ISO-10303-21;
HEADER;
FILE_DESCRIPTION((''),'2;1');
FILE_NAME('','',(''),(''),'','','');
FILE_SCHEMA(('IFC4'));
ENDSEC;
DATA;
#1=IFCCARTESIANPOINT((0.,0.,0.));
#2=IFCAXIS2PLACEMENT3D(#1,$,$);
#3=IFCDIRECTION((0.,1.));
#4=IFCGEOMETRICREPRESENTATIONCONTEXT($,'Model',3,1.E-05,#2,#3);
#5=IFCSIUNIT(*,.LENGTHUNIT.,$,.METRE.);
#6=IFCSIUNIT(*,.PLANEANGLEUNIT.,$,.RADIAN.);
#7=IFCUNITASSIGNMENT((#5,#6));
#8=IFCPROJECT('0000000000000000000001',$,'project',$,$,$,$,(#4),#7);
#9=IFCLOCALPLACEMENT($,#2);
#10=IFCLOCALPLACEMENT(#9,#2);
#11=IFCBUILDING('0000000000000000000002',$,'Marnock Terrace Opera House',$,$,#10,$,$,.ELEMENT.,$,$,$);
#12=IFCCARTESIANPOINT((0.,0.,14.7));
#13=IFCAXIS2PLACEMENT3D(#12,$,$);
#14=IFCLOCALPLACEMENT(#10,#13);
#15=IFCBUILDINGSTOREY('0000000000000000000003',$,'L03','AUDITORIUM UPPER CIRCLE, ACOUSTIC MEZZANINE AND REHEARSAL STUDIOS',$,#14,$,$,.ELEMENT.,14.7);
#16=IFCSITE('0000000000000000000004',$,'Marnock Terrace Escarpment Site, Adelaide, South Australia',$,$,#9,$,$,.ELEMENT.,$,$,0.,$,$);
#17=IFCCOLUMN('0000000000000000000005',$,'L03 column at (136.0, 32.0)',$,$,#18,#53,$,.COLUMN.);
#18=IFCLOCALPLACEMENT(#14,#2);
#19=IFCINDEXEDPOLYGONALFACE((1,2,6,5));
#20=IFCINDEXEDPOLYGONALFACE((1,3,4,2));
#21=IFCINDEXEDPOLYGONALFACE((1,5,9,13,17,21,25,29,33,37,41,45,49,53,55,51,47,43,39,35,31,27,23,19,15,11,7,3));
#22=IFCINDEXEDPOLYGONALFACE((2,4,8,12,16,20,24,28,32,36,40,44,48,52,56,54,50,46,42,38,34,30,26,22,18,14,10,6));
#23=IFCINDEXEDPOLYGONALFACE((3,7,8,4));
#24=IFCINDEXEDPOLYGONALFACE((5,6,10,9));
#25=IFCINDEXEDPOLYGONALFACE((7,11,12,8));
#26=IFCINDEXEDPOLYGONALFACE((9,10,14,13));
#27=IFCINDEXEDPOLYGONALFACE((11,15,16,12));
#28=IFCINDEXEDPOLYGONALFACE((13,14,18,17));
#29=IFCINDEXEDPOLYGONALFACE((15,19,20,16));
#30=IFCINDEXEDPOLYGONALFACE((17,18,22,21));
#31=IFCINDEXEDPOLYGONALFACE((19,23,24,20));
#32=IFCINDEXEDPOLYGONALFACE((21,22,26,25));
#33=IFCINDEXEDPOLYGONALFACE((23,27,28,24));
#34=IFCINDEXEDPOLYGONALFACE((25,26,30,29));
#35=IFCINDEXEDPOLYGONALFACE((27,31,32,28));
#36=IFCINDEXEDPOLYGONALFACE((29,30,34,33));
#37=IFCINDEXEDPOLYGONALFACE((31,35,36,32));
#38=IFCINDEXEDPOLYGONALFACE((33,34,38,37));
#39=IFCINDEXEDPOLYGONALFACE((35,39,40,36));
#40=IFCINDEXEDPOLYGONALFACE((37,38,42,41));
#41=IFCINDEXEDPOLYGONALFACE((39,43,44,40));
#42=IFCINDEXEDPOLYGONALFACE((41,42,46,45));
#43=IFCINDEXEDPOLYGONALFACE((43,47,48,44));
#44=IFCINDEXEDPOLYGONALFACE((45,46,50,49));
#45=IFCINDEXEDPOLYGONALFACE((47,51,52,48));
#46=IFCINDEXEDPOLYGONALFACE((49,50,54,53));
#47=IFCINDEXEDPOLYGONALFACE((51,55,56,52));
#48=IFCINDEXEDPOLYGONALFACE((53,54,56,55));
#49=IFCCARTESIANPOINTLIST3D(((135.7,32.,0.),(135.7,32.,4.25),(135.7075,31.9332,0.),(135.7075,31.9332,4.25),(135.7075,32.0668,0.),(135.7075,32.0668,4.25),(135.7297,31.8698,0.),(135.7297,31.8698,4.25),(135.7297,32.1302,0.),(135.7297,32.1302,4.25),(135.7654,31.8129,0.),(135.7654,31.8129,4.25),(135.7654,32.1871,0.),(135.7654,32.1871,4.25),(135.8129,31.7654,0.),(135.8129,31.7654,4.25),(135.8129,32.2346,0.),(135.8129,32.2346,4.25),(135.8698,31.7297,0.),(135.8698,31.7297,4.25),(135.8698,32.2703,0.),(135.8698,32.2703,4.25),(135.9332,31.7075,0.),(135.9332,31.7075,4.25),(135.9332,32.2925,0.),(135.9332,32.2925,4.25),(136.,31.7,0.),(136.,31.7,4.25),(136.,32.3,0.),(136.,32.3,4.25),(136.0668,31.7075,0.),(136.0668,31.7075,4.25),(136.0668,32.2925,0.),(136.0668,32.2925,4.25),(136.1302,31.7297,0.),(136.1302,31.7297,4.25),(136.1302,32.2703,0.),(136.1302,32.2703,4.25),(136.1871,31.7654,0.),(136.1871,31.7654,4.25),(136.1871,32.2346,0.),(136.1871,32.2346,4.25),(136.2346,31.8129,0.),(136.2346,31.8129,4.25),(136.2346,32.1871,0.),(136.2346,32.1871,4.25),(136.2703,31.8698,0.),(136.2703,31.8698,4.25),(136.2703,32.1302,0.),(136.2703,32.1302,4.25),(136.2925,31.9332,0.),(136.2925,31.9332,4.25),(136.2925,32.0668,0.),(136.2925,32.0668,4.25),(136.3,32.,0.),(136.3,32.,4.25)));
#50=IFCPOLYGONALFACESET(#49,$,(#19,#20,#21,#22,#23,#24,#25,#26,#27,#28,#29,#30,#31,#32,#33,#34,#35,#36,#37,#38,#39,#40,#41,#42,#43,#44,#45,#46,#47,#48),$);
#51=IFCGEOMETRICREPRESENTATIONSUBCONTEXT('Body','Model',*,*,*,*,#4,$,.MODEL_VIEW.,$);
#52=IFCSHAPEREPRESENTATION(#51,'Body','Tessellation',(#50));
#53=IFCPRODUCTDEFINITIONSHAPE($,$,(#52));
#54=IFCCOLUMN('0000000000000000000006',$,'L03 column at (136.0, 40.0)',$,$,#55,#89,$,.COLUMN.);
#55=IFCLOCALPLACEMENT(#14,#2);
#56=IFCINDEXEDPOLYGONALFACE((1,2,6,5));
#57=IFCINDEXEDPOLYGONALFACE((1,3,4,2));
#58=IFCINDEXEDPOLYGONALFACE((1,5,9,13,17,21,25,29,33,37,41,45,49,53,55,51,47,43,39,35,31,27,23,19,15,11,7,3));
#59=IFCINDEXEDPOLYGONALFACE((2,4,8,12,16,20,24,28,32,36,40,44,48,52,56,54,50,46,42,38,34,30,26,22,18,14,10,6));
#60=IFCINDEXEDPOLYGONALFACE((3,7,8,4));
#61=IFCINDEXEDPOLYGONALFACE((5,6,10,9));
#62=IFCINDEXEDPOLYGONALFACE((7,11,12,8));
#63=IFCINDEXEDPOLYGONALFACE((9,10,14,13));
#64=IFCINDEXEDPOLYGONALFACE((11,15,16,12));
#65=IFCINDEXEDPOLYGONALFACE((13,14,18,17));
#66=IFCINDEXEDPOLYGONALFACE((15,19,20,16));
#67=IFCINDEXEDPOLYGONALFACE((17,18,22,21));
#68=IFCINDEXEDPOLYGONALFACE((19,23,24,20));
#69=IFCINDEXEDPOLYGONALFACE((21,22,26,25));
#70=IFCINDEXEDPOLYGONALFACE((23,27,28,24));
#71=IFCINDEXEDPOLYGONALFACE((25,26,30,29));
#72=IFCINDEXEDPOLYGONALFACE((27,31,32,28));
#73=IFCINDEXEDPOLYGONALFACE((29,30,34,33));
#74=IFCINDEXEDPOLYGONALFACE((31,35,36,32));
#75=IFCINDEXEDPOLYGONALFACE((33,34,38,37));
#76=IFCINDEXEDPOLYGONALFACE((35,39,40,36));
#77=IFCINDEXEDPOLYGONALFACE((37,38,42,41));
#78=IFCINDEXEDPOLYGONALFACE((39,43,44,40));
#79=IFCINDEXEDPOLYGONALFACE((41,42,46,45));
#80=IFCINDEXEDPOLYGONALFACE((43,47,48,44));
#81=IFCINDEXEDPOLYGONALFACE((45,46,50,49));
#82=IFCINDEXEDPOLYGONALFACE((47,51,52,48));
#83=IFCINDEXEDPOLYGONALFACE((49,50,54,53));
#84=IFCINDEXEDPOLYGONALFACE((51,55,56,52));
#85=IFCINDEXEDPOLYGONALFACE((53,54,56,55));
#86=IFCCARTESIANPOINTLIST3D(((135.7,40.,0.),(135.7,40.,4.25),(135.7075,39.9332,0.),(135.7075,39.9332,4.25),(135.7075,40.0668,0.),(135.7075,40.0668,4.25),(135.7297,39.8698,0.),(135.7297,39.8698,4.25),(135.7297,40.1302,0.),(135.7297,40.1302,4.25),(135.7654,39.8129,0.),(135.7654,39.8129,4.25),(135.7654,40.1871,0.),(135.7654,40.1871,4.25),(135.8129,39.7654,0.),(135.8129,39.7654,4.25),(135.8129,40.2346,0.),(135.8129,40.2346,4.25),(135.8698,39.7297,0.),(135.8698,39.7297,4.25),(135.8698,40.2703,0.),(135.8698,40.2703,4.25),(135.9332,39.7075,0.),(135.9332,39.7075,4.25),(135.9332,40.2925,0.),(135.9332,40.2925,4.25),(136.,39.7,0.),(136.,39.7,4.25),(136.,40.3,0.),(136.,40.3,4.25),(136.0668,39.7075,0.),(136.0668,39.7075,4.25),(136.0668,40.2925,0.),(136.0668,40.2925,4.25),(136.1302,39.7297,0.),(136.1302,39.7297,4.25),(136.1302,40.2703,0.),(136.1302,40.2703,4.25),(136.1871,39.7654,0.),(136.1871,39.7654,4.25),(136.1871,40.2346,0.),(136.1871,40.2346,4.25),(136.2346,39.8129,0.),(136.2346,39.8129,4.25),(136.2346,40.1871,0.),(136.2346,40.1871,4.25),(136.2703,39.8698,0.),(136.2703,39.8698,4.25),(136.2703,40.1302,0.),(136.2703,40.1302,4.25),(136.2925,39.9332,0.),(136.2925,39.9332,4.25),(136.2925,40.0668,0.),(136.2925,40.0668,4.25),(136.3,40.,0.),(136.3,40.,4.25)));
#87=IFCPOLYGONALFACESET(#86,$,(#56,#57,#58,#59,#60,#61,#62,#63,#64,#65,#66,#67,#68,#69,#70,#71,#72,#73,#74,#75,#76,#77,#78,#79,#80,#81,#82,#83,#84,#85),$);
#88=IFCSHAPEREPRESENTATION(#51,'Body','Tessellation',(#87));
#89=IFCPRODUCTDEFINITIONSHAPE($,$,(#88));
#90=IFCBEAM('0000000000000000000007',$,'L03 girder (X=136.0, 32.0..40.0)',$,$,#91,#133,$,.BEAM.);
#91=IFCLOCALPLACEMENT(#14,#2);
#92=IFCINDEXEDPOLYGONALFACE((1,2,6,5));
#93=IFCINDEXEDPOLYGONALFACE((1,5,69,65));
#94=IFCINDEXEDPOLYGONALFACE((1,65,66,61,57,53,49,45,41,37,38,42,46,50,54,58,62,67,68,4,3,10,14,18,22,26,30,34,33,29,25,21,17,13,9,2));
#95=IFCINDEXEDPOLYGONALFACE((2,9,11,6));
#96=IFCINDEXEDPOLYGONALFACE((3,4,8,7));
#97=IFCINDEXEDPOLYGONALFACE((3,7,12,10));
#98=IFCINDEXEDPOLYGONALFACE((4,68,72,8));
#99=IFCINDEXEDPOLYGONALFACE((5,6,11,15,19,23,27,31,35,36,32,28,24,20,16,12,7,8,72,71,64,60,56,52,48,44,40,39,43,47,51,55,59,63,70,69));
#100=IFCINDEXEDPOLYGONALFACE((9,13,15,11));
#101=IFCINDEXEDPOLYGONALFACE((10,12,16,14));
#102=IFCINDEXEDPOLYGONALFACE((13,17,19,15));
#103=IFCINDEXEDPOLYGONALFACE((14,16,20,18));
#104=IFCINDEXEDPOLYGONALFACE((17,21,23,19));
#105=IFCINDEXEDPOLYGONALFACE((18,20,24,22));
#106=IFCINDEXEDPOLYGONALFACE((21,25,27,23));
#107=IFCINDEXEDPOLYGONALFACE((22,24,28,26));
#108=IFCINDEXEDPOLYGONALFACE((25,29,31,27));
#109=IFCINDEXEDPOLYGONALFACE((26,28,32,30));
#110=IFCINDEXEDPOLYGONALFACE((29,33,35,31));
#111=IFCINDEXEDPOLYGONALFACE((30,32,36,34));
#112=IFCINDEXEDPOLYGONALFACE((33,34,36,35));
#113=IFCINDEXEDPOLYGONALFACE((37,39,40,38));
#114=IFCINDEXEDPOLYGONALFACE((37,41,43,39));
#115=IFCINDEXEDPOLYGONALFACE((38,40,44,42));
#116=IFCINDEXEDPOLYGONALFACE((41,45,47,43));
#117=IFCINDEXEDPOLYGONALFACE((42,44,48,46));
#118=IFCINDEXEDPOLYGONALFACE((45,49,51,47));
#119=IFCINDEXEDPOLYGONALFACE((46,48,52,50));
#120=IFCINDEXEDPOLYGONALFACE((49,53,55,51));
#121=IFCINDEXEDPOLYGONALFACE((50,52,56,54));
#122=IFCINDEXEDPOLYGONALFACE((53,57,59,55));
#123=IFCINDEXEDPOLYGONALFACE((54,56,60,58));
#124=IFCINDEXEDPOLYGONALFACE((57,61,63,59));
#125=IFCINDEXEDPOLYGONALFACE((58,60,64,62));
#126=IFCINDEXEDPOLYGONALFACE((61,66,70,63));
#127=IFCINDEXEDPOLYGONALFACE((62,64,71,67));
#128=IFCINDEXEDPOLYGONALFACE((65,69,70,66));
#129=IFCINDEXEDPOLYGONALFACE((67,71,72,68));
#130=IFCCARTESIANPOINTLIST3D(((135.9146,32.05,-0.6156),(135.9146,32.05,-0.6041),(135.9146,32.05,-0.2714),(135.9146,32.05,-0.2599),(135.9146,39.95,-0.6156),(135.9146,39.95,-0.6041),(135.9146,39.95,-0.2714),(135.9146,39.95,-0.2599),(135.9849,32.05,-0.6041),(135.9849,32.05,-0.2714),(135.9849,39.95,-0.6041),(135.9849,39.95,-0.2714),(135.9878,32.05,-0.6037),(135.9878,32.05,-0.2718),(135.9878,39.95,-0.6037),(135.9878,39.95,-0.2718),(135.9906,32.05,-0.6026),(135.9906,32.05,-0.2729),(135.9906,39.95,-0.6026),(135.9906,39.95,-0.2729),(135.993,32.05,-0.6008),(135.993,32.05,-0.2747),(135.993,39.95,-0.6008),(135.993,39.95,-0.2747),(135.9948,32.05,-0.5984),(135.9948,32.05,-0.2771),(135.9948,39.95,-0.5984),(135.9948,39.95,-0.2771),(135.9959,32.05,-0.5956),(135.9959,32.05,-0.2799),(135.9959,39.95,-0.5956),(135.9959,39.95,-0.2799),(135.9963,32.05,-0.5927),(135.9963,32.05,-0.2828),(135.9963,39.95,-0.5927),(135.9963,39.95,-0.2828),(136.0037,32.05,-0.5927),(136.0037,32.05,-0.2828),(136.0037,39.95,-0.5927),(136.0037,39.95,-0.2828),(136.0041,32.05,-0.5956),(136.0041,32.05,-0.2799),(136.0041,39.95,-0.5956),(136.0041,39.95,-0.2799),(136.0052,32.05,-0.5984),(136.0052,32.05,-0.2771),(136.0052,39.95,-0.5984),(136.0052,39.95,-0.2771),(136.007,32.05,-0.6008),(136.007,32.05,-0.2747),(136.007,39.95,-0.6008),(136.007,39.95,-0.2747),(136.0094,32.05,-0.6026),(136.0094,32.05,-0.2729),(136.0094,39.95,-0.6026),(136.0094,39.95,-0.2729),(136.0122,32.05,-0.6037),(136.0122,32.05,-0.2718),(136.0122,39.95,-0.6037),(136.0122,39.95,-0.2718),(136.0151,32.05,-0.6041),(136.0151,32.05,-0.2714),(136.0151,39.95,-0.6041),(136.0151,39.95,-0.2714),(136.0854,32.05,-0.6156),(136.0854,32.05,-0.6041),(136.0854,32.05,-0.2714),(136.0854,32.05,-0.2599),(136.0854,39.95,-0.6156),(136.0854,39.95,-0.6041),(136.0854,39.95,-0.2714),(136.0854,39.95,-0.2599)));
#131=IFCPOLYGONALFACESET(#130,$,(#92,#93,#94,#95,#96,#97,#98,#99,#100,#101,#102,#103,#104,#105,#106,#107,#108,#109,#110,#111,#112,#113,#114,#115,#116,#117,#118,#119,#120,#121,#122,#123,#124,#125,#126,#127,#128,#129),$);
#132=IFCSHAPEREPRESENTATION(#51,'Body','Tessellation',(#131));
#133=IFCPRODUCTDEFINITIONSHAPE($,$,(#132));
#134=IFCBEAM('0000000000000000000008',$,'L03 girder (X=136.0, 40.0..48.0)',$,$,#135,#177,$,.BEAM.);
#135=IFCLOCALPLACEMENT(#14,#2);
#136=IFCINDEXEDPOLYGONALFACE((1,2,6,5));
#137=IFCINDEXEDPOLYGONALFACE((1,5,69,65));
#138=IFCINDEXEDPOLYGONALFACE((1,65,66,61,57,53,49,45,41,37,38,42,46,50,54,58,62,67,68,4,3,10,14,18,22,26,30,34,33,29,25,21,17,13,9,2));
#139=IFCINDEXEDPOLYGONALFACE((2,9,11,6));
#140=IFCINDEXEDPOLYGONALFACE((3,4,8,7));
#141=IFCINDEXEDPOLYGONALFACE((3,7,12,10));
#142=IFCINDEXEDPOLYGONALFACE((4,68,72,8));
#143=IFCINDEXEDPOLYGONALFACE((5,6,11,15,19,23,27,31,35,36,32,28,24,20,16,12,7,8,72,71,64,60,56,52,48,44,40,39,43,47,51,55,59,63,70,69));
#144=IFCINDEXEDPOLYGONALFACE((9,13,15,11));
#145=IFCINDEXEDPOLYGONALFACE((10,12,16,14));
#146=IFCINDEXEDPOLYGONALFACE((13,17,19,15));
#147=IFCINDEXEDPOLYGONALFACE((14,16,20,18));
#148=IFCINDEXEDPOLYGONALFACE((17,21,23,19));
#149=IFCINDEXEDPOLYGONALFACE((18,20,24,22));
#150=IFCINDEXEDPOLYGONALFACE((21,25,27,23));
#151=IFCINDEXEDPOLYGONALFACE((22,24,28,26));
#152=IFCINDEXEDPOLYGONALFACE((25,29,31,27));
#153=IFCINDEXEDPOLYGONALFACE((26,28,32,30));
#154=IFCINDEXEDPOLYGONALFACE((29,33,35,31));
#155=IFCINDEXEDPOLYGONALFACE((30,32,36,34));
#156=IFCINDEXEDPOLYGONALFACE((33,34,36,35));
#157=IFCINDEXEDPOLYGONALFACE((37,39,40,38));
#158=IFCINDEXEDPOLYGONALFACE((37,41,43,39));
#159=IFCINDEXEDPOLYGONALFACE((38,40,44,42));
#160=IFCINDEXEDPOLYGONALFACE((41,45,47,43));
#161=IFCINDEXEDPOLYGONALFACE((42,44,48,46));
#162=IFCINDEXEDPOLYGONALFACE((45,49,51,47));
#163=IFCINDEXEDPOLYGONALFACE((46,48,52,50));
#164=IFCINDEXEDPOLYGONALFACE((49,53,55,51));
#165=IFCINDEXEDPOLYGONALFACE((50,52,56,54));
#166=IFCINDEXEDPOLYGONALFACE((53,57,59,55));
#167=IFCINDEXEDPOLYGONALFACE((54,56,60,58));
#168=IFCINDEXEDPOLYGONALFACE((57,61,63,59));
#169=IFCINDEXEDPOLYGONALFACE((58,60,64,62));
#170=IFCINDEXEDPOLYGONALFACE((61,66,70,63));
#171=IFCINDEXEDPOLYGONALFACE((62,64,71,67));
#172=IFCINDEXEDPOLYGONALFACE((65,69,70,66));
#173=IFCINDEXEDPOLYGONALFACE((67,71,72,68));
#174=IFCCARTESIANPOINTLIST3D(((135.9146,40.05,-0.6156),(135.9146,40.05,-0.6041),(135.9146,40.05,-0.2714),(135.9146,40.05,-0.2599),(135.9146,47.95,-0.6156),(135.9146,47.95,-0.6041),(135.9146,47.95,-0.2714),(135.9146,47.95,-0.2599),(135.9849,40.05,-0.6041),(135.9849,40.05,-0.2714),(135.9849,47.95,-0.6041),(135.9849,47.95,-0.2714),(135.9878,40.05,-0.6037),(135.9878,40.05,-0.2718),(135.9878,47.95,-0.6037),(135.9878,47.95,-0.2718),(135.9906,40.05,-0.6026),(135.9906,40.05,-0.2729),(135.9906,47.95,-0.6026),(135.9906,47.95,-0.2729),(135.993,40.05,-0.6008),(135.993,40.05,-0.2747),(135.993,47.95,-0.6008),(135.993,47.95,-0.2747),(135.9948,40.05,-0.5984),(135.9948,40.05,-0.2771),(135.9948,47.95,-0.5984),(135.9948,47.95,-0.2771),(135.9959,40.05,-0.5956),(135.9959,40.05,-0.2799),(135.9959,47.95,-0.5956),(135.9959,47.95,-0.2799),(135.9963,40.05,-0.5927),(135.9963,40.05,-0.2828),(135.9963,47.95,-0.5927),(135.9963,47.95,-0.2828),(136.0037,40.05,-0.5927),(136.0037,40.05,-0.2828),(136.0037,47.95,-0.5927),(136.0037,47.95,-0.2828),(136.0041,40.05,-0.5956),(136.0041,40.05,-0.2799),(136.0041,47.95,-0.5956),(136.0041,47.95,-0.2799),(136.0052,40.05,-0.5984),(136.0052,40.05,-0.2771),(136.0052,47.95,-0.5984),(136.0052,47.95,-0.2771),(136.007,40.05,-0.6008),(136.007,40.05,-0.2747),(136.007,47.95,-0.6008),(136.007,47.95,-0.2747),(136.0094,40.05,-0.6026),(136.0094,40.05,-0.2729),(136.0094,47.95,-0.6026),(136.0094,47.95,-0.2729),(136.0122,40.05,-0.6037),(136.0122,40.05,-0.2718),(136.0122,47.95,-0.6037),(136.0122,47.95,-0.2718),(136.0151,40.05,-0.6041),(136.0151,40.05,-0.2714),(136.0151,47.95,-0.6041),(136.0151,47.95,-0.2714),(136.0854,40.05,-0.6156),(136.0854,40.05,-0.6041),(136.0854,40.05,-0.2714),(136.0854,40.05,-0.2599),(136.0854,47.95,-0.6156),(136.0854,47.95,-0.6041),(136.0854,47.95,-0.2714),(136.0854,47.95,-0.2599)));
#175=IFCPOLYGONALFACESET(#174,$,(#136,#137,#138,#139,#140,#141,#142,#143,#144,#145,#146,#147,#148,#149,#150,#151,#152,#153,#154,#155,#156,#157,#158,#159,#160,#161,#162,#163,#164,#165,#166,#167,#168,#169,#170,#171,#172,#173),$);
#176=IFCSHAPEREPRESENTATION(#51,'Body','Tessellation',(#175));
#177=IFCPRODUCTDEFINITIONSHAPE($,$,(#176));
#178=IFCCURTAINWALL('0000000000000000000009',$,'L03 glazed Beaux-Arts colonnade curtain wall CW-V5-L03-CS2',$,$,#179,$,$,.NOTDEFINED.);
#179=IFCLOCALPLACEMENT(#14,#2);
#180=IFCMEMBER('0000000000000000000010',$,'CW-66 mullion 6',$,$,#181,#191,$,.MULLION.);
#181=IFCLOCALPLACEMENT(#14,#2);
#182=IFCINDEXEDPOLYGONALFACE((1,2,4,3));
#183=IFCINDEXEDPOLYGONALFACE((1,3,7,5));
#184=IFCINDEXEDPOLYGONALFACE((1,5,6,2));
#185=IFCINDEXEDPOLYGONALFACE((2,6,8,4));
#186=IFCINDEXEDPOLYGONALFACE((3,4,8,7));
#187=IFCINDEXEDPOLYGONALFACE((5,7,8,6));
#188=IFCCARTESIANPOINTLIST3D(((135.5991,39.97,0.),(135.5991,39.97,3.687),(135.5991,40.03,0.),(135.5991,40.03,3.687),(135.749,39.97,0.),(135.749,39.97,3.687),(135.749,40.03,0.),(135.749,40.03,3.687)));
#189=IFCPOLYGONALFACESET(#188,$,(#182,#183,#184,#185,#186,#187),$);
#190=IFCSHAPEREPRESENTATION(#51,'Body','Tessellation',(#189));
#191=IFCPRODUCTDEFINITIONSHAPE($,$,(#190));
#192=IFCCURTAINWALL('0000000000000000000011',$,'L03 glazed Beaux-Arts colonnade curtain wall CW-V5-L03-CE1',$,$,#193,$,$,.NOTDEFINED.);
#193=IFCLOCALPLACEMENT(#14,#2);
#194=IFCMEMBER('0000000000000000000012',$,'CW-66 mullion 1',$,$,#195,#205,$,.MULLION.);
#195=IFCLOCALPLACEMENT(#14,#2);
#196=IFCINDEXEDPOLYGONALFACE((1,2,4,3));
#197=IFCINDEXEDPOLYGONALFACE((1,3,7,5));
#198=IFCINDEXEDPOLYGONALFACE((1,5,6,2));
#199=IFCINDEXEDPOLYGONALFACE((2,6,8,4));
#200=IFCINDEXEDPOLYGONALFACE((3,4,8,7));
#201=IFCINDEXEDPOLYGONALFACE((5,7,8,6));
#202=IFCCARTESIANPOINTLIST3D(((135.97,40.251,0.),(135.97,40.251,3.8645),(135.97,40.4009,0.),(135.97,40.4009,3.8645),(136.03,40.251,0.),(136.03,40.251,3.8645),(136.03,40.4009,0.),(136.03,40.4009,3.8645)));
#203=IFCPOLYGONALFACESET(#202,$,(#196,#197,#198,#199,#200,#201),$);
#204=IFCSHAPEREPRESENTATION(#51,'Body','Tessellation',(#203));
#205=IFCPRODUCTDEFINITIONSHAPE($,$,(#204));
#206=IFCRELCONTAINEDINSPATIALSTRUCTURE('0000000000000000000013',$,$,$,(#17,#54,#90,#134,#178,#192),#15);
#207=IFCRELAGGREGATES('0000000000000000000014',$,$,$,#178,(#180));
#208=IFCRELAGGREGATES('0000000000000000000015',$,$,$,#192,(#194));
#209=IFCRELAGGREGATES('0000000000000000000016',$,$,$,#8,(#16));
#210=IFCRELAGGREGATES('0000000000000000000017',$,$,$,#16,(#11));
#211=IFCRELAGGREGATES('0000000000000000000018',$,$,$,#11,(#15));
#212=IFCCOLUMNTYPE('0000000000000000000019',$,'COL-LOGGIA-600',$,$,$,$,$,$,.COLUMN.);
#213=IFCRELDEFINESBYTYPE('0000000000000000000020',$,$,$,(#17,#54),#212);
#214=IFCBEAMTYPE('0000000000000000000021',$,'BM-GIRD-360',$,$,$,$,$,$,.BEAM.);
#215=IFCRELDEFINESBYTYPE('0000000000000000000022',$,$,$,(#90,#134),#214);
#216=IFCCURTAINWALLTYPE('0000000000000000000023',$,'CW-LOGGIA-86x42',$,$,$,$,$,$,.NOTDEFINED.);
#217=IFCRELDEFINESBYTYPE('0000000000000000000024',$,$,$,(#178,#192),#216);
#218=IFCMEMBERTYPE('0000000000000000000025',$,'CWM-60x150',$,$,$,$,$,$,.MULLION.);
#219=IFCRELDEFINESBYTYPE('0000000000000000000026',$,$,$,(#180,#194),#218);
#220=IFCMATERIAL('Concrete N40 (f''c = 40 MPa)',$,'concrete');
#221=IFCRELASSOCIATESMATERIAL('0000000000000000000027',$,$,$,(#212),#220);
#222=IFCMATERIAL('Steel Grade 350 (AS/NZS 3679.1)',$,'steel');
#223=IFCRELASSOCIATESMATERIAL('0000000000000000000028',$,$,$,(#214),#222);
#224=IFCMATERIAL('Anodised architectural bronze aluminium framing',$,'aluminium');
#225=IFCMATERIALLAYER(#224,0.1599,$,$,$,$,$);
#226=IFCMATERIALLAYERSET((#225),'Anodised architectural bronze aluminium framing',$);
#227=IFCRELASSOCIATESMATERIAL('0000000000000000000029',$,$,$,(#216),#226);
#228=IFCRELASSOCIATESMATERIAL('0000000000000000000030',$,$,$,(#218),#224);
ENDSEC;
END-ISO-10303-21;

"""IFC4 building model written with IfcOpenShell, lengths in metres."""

from ifc_helpers import new_model, si_unit, direction, frame, origin, origin_2d, place, context, subcontext, project, spatial, rectangle, circle, i_section, extrude, material, layer, layer_set, material_profile, profile_set, type_object, element, aggregate, save


model = new_model("IFC4")

# Units and contexts
model_context = context("Model", 3, precision=1e-05, world=origin(), true_north=direction((0.0, 1.0)))
body_context = subcontext(model_context, "Body", "Model", "MODEL_VIEW")
ifc_project = project(units=[si_unit("LENGTHUNIT", "METRE"), si_unit("PLANEANGLEUNIT", "RADIAN")], contexts=[model_context])

# Site, building, storey
site_placement = place(None, origin())
site = spatial("IfcSite", under=ifc_project, at=site_placement, Name="Marnock Terrace Escarpment Site, Adelaide, South Australia", CompositionType="ELEMENT", RefElevation=0.0)
building_placement = place(site_placement, origin())
building = spatial("IfcBuilding", under=site, at=building_placement, Name="Marnock Terrace Opera House", CompositionType="ELEMENT")
storey_placement = place(building_placement, frame((0.0, 0.0, 14.7)))
storey = spatial("IfcBuildingStorey", under=building, at=storey_placement, Name="L03", Description="AUDITORIUM UPPER CIRCLE, ACOUSTIC MEZZANINE AND REHEARSAL STUDIOS", CompositionType="ELEMENT", Elevation=14.7)

# Columns
ifc_material_1 = material(Name="Concrete N40 (f'c = 40 MPa)", Category="concrete")
ifc_material_profile_1 = material_profile(ifc_material_1, circle(Radius=0.3, at=origin_2d()))
ifc_profile_set_1 = profile_set([ifc_material_profile_1], Name="Concrete N40 (f'c = 40 MPa)")
column_type = type_object("IfcColumnType", Name="COL-LOGGIA-600", PredefinedType="COLUMN", material=ifc_profile_set_1)
for number, where, z_axis, x_axis, name in (
    (1, (136.0, 32.0, 0.0), (0.0, 0.0, 1.0), (1.0, 0.0, 0.0), "L03 column at (136.0, 32.0)"),
    (2, (136.0, 40.0, 0.0), (0.0, 0.0, 1.0), (1.0, 0.0, 0.0), "L03 column at (136.0, 40.0)"),
):
    element("IfcColumn", number, at=place(storey_placement, frame(where, z_axis=z_axis, x_axis=x_axis)), inside=storey, type_object=column_type, Name=name, PredefinedType="COLUMN", context=body_context, shape_type="SweptSolid", body=[
        extrude(circle(Radius=0.3, at=origin_2d()), origin(), (0.0, 0.0, 1.0), 4.25),
    ])

# Beams
ifc_material_2 = material(Name="Steel Grade 350 (AS/NZS 3679.1)", Category="steel")
ifc_material_profile_2 = material_profile(ifc_material_2, i_section(OverallWidth=0.1709, OverallDepth=0.3557, WebThickness=0.0073, FlangeThickness=0.0115, FilletRadius=0.0115, at=origin_2d()))
ifc_profile_set_2 = profile_set([ifc_material_profile_2], Name="Steel Grade 350 (AS/NZS 3679.1)")
beam_type = type_object("IfcBeamType", Name="BM-GIRD-360", PredefinedType="BEAM", material=ifc_profile_set_2)
for number, where, z_axis, x_axis, name in (
    (3, (136.0, 32.05, -0.4377), (0.0, 1.0, 0.0), (-1.0, 0.0, 0.0), "L03 girder (X=136.0, 32.0..40.0)"),
    (4, (136.0, 40.05, -0.4377), (0.0, 1.0, 0.0), (-1.0, 0.0, 0.0), "L03 girder (X=136.0, 40.0..48.0)"),
):
    element("IfcBeam", number, at=place(storey_placement, frame(where, z_axis=z_axis, x_axis=x_axis)), inside=storey, type_object=beam_type, Name=name, PredefinedType="BEAM", context=body_context, shape_type="SweptSolid", body=[
        extrude(i_section(OverallWidth=0.1709, OverallDepth=0.3557, WebThickness=0.0073, FlangeThickness=0.0115, FilletRadius=0.0115, at=origin_2d()), origin(), (0.0, 0.0, 1.0), 7.8999),
    ])

# Curtain wall, member
ifc_material_3 = material(Name="Anodised architectural bronze aluminium framing", Category="aluminium")
ifc_layer_1 = layer(ifc_material_3, 0.1599)
ifc_layer_set_1 = layer_set([ifc_layer_1], Name="Anodised architectural bronze aluminium framing")
curtain_wall_type = type_object("IfcCurtainWallType", Name="CW-LOGGIA-86x42", PredefinedType="NOTDEFINED", material=ifc_layer_set_1)
curtain_wall_1_placement = place(storey_placement, origin())
curtain_wall_1 = element("IfcCurtainWall", 5, at=curtain_wall_1_placement, inside=storey, type_object=curtain_wall_type, Name="L03 glazed Beaux-Arts colonnade curtain wall CW-V5-L03-CS2", PredefinedType="NOTDEFINED")
ifc_material_profile_3 = material_profile(ifc_material_3, rectangle(XDim=0.0601, YDim=0.1499, at=origin_2d()))
ifc_profile_set_3 = profile_set([ifc_material_profile_3], Name="Anodised architectural bronze aluminium framing")
member_type_1 = type_object("IfcMemberType", Name="CWM-60x150", PredefinedType="MULLION", material=ifc_profile_set_3)
member_1_placement = place(storey_placement, frame((135.6741, 40.0, 0.0), z_axis=(0.0, 0.0, 1.0), x_axis=(0.0, 1.0, 0.0)))
member_1 = element("IfcMember", 6, at=member_1_placement, type_object=member_type_1, Name="CW-66 mullion 6", PredefinedType="MULLION", context=body_context, shape_type="SweptSolid", body=[
    extrude(rectangle(XDim=0.0601, YDim=0.1499, at=origin_2d()), origin(), (0.0, 0.0, 1.0), 3.687),
])

# Curtain wall, member
curtain_wall_2_placement = place(storey_placement, origin())
curtain_wall_2 = element("IfcCurtainWall", 7, at=curtain_wall_2_placement, inside=storey, type_object=curtain_wall_type, Name="L03 glazed Beaux-Arts colonnade curtain wall CW-V5-L03-CE1", PredefinedType="NOTDEFINED")
member_2_placement = place(storey_placement, frame((136.0, 40.3259, 0.0), z_axis=(0.0, 0.0, 1.0), x_axis=(-1.0, 0.0, 0.0)))
member_2 = element("IfcMember", 8, at=member_2_placement, type_object=member_type_1, Name="CW-66 mullion 1", PredefinedType="MULLION", context=body_context, shape_type="SweptSolid", body=[
    extrude(rectangle(XDim=0.0601, YDim=0.1499, at=origin_2d()), origin(), (0.0, 0.0, 1.0), 3.8645),
])

aggregate(curtain_wall_1, [member_1])
aggregate(curtain_wall_2, [member_2])

save(model, "model.ifc")
